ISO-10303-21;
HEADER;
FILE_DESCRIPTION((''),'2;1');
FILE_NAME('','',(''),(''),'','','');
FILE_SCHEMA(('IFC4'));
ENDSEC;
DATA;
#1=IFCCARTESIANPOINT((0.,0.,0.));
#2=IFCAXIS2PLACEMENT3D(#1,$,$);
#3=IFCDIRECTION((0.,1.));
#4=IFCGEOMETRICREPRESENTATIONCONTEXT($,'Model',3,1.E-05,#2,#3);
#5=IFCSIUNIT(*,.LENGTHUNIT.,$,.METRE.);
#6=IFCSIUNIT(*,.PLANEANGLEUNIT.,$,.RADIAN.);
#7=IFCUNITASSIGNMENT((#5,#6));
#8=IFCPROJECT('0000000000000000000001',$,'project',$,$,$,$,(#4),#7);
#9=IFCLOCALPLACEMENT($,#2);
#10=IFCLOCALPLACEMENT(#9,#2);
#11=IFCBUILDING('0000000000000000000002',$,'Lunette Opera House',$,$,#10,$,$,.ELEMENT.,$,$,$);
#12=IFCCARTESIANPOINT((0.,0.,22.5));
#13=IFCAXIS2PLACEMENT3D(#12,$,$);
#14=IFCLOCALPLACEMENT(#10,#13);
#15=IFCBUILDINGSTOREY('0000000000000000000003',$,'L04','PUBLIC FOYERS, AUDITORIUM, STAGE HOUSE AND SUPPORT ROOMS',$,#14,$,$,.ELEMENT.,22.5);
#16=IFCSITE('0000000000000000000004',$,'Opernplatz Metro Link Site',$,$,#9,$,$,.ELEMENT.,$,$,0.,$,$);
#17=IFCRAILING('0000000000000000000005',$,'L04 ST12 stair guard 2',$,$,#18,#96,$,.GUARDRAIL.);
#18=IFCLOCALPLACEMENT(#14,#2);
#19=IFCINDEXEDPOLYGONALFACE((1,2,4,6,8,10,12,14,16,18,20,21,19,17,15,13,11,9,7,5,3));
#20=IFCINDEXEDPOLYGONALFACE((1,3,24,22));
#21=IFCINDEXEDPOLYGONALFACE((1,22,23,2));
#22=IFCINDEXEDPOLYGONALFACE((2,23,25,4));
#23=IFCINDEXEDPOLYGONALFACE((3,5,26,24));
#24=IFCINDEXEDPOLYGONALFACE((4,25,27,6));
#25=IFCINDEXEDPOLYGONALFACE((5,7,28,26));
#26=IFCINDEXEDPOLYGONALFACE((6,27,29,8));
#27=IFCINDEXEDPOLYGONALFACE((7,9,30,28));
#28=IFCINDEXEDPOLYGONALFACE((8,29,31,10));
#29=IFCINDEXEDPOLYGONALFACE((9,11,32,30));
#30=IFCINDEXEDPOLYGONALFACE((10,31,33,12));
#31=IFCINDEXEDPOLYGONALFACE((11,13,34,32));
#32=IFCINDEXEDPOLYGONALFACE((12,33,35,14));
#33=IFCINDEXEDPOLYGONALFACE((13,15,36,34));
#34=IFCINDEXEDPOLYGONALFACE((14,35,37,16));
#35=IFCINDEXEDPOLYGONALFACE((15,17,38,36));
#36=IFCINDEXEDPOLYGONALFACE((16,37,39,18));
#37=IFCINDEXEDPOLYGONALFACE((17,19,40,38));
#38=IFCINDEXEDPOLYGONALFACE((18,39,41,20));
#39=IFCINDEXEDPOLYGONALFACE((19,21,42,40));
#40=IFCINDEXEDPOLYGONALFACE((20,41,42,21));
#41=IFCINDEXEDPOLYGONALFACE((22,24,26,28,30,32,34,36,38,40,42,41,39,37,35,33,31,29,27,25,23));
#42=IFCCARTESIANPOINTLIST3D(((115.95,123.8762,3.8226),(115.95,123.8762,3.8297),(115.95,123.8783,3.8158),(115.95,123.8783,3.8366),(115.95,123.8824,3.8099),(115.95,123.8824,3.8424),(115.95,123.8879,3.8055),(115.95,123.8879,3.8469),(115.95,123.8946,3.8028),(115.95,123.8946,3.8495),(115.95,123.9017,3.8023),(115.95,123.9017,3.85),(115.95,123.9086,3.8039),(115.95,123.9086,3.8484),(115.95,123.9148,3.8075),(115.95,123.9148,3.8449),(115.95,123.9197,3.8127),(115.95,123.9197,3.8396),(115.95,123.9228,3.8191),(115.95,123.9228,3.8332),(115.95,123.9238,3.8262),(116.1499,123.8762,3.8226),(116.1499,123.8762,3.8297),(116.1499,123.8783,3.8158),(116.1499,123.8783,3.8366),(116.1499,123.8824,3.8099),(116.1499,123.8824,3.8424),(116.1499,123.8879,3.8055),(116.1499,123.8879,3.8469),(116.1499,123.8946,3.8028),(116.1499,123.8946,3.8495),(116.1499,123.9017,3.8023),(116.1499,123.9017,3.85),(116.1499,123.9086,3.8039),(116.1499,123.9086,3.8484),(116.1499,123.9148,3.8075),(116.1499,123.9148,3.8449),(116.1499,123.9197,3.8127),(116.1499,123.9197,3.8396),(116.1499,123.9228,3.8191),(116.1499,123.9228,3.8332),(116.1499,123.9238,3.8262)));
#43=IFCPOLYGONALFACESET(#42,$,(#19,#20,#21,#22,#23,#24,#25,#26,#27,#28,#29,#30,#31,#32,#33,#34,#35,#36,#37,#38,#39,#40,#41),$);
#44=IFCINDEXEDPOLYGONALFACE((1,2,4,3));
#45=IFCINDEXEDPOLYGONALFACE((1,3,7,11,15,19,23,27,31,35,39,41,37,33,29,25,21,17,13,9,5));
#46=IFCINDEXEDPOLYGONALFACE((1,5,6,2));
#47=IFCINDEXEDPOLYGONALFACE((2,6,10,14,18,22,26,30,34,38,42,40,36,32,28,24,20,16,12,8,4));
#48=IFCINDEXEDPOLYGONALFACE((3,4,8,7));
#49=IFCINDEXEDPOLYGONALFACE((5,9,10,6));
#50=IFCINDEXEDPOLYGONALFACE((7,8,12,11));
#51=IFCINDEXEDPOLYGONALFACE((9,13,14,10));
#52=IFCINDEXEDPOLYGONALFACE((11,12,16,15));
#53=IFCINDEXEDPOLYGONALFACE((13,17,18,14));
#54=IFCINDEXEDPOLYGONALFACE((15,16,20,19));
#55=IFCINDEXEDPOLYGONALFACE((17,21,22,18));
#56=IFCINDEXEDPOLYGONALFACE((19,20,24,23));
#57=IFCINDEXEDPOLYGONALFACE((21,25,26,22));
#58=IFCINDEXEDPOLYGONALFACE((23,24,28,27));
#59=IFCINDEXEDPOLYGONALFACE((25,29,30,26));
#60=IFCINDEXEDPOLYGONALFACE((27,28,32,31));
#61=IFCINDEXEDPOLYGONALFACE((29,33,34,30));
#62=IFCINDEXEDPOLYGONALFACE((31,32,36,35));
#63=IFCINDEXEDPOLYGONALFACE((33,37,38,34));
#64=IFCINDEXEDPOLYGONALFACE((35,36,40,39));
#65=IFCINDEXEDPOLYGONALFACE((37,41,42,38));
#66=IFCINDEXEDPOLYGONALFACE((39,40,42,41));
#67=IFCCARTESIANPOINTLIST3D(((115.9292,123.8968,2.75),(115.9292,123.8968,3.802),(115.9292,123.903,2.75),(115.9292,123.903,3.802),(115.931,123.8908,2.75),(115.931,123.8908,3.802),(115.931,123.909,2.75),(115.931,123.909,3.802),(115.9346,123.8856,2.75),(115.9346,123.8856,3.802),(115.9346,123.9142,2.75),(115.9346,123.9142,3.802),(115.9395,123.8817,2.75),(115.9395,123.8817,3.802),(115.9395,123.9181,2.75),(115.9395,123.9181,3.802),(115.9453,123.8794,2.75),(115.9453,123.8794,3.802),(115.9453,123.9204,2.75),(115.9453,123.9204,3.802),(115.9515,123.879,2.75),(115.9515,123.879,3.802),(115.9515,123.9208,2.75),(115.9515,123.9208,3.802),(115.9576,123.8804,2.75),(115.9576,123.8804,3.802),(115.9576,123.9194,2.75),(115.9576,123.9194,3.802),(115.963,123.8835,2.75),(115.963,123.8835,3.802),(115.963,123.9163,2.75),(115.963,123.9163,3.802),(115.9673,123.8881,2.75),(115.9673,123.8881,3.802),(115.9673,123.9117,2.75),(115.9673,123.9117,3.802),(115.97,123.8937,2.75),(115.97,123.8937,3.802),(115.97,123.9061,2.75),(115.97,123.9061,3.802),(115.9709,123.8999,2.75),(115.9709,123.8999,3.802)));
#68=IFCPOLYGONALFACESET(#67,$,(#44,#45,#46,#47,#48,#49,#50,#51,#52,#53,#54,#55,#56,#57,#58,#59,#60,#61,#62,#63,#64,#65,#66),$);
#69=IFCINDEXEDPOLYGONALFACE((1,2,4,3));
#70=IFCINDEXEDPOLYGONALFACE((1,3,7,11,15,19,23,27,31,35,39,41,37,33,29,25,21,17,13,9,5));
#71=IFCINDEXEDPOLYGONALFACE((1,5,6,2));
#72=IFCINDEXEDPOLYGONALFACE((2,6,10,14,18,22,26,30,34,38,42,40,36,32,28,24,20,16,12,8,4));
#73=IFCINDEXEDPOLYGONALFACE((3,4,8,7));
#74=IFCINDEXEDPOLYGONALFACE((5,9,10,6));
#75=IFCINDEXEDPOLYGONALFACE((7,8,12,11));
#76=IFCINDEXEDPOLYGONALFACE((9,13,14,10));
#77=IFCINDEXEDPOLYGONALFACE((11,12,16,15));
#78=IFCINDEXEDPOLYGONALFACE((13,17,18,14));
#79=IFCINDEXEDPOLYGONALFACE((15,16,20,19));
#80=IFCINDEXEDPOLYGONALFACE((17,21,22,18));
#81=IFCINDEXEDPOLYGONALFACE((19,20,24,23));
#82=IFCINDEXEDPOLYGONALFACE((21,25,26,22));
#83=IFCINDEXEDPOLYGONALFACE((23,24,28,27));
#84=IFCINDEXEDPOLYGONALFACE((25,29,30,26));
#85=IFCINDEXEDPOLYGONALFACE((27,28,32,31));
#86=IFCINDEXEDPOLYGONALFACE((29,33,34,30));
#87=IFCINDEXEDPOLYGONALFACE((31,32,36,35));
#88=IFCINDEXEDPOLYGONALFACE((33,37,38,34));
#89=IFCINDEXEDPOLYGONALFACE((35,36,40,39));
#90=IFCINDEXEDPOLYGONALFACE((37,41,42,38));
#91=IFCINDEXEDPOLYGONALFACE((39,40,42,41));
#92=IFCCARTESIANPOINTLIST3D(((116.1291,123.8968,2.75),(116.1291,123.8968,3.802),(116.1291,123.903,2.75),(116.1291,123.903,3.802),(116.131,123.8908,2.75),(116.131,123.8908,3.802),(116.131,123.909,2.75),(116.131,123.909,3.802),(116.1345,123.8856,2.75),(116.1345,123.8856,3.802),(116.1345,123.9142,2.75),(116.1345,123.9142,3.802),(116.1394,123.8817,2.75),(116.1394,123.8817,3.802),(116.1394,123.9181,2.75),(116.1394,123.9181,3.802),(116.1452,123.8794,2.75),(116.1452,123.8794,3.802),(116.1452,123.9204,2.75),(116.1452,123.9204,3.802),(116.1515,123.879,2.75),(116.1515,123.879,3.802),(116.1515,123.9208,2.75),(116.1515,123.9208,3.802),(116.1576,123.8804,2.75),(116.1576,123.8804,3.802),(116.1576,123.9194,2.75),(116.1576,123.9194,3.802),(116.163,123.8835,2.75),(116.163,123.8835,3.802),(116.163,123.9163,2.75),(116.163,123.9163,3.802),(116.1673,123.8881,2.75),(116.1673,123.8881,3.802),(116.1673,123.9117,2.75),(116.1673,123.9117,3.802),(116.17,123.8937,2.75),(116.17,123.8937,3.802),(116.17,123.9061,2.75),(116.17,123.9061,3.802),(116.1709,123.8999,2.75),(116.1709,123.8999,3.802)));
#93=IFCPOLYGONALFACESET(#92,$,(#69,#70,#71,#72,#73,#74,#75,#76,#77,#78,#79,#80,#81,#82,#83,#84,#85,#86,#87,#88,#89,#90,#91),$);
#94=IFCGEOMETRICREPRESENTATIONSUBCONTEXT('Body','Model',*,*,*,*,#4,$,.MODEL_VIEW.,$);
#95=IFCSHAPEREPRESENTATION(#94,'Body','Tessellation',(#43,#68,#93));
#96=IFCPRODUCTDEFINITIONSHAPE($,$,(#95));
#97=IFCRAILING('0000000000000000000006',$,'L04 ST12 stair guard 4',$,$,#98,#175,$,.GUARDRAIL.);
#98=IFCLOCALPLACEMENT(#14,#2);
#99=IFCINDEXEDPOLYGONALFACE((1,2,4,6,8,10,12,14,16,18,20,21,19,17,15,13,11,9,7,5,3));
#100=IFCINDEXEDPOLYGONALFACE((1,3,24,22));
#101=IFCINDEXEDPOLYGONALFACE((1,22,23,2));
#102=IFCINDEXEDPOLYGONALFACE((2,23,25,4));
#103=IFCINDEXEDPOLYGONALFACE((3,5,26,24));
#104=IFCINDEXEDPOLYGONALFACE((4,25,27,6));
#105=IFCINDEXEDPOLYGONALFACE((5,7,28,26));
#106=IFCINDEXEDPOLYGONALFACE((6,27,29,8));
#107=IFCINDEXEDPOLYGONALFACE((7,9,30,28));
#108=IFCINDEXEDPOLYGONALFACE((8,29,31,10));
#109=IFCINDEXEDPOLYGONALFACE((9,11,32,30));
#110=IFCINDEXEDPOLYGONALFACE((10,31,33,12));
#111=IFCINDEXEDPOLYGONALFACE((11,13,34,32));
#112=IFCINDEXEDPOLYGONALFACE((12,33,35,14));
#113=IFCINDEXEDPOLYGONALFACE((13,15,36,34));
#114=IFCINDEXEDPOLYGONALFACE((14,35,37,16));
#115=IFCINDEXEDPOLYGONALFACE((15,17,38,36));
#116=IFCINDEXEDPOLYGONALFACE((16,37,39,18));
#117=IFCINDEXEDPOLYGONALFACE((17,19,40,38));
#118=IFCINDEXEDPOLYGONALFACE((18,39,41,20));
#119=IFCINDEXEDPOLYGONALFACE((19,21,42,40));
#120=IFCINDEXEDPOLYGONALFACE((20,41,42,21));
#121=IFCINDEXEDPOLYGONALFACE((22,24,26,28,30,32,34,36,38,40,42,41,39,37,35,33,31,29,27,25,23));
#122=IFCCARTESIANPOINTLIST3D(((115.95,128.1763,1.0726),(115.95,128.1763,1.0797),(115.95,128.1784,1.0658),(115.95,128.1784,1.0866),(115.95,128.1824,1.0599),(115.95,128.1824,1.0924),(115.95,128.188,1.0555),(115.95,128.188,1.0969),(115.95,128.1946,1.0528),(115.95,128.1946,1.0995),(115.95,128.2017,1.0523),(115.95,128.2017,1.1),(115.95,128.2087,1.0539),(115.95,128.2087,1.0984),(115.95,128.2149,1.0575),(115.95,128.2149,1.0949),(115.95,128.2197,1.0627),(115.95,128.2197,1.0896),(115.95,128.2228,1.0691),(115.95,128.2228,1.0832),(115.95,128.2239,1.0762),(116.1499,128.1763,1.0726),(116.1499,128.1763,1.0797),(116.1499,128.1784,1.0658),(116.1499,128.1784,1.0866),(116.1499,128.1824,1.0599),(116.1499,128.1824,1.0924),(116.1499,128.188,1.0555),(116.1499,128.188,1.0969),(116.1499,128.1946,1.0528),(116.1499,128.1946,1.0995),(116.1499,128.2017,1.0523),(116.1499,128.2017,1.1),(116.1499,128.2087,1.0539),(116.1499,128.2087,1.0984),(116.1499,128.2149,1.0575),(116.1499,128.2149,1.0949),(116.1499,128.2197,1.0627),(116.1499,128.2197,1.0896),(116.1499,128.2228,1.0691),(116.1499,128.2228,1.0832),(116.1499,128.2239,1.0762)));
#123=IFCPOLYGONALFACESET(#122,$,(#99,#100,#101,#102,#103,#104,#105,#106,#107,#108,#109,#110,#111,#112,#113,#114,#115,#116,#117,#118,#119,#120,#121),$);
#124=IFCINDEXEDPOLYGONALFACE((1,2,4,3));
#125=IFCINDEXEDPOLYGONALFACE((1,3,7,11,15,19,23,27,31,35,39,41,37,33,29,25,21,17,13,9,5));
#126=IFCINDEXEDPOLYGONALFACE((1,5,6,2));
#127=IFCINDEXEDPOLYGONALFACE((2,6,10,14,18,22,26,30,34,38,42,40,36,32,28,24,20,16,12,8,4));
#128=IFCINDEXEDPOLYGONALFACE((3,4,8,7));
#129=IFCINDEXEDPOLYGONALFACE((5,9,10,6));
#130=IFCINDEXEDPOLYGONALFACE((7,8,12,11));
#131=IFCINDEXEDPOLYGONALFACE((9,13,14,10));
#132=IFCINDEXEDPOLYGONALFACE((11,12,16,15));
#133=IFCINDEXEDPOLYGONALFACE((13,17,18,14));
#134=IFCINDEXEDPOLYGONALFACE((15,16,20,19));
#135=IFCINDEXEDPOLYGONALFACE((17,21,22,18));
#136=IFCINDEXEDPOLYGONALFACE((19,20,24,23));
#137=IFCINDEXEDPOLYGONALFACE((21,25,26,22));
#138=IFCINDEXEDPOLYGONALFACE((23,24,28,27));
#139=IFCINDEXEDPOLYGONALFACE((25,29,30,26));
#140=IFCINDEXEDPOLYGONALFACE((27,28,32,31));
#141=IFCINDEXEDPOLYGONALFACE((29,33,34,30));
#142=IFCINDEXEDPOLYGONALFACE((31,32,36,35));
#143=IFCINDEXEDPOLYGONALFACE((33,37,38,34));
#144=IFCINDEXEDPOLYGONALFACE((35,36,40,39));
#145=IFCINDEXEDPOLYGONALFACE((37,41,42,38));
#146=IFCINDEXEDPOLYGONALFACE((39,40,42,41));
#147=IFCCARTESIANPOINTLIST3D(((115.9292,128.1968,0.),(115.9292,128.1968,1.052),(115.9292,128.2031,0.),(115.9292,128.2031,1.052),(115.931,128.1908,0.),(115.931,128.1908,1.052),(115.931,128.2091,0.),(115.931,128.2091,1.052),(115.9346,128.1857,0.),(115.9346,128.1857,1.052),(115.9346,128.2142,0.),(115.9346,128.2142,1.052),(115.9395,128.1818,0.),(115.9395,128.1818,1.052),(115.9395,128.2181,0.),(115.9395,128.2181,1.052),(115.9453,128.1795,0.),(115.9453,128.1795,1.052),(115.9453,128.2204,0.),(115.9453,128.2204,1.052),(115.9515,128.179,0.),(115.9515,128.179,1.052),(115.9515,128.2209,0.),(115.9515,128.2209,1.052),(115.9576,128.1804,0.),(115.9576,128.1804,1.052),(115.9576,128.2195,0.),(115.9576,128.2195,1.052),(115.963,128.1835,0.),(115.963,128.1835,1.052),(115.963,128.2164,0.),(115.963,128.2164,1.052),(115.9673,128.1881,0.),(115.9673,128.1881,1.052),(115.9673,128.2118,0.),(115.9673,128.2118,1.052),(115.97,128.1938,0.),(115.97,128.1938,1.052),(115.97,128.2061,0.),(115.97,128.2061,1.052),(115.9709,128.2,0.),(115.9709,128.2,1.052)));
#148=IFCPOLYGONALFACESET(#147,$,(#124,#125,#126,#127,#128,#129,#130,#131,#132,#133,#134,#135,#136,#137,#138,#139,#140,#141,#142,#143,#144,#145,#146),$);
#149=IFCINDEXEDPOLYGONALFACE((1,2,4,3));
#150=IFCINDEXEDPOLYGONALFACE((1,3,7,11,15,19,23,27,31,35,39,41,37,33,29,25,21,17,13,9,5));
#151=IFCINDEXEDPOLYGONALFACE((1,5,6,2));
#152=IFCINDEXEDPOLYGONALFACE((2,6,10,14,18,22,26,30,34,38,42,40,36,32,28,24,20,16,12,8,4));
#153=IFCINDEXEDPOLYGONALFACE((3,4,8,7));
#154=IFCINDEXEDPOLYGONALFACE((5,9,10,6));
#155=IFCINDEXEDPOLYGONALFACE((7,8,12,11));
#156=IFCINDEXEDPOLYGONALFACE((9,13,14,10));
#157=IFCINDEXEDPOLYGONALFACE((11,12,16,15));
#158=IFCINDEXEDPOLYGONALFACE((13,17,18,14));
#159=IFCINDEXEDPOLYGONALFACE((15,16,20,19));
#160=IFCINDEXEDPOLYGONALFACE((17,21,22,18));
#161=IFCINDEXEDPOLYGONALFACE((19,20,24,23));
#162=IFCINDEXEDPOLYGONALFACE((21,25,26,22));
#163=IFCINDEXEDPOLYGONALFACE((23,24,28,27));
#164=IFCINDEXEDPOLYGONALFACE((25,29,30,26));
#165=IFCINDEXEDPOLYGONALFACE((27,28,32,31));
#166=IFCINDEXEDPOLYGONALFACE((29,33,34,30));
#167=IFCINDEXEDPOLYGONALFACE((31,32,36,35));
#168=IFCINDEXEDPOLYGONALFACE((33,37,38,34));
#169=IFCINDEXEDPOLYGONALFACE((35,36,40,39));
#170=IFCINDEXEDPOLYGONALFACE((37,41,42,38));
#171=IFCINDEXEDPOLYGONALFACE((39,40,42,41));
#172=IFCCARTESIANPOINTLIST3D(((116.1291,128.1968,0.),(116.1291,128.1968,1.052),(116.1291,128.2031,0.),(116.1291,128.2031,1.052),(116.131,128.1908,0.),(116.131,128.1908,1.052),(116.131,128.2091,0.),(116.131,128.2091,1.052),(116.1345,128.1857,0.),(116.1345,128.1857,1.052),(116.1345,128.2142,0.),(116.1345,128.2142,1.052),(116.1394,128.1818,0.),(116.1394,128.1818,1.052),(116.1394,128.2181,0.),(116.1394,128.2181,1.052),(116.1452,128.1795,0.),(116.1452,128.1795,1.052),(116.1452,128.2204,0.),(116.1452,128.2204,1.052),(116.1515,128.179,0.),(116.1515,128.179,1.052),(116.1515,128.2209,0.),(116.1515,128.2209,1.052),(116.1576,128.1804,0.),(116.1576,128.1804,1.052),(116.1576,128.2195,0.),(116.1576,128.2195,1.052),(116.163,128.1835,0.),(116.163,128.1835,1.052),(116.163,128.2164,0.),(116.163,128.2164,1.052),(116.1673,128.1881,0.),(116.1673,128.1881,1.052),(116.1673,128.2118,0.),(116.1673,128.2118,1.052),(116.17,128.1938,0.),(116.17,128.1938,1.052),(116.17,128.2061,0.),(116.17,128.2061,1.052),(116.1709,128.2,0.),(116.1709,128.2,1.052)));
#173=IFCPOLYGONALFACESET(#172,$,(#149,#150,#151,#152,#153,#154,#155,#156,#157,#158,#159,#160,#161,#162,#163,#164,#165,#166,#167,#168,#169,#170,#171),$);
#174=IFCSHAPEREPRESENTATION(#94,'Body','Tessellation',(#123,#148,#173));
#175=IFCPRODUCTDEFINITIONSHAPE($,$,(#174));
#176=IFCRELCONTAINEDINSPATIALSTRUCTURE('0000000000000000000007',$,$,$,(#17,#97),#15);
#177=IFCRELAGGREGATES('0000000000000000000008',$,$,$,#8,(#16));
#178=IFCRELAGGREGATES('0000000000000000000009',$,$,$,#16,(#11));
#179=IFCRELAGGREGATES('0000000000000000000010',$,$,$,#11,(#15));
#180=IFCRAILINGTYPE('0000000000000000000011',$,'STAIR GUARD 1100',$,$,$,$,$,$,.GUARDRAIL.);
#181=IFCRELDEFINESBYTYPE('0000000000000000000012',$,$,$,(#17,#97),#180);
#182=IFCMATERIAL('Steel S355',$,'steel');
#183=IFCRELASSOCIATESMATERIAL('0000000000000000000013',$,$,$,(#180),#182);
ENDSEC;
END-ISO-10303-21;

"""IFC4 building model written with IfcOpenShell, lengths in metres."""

from ifc_helpers import new_model, si_unit, direction, frame, origin, origin_2d, place, context, subcontext, project, spatial, circle, extrude, material, type_object, element, save


model = new_model("IFC4")

# Units and contexts
model_context = context("Model", 3, precision=1e-05, world=origin(), true_north=direction((0.0, 1.0)))
body_context = subcontext(model_context, "Body", "Model", "MODEL_VIEW")
ifc_project = project(units=[si_unit("LENGTHUNIT", "METRE"), si_unit("PLANEANGLEUNIT", "RADIAN")], contexts=[model_context])

# Site, building, storey
site_placement = place(None, origin())
site = spatial("IfcSite", under=ifc_project, at=site_placement, Name="Opernplatz Metro Link Site", CompositionType="ELEMENT", RefElevation=0.0)
building_placement = place(site_placement, origin())
building = spatial("IfcBuilding", under=site, at=building_placement, Name="Lunette Opera House", CompositionType="ELEMENT")
storey_placement = place(building_placement, frame((0.0, 0.0, 22.5)))
storey = spatial("IfcBuildingStorey", under=building, at=storey_placement, Name="L04", Description="PUBLIC FOYERS, AUDITORIUM, STAGE HOUSE AND SUPPORT ROOMS", CompositionType="ELEMENT", Elevation=22.5)

# Railings
ifc_material_1 = material(Name="Steel S355", Category="steel")
railing_type_1 = type_object("IfcRailingType", Name="STAIR GUARD 1100", PredefinedType="GUARDRAIL", material=ifc_material_1)
for number, where, name in (
    (1, (115.95, 123.8999, 2.75), "L04 ST12 stair guard 2"),
    (2, (115.95, 128.2, 0.0), "L04 ST12 stair guard 4"),
):
    element("IfcRailing", number, at=place(storey_placement, frame(where)), inside=storey, type_object=railing_type_1, Name=name, PredefinedType="GUARDRAIL", context=body_context, shape_type="SweptSolid", body=[
        extrude(circle(Radius=0.0239, at=origin_2d()), frame((0.0, 0.0, 1.0762), z_axis=(1.0, 0.0, 0.0), x_axis=(0.0, 1.0, 0.0)), (0.0, 0.0, 1.0), 0.2),
        extrude(circle(Radius=0.021, at=origin_2d()), origin(), (0.0, 0.0, 1.0), 1.052),
        extrude(circle(Radius=0.021, at=origin_2d()), frame((0.2, 0.0, 0.0)), (0.0, 0.0, 1.0), 1.052),
    ])

save(model, "model.ifc")
